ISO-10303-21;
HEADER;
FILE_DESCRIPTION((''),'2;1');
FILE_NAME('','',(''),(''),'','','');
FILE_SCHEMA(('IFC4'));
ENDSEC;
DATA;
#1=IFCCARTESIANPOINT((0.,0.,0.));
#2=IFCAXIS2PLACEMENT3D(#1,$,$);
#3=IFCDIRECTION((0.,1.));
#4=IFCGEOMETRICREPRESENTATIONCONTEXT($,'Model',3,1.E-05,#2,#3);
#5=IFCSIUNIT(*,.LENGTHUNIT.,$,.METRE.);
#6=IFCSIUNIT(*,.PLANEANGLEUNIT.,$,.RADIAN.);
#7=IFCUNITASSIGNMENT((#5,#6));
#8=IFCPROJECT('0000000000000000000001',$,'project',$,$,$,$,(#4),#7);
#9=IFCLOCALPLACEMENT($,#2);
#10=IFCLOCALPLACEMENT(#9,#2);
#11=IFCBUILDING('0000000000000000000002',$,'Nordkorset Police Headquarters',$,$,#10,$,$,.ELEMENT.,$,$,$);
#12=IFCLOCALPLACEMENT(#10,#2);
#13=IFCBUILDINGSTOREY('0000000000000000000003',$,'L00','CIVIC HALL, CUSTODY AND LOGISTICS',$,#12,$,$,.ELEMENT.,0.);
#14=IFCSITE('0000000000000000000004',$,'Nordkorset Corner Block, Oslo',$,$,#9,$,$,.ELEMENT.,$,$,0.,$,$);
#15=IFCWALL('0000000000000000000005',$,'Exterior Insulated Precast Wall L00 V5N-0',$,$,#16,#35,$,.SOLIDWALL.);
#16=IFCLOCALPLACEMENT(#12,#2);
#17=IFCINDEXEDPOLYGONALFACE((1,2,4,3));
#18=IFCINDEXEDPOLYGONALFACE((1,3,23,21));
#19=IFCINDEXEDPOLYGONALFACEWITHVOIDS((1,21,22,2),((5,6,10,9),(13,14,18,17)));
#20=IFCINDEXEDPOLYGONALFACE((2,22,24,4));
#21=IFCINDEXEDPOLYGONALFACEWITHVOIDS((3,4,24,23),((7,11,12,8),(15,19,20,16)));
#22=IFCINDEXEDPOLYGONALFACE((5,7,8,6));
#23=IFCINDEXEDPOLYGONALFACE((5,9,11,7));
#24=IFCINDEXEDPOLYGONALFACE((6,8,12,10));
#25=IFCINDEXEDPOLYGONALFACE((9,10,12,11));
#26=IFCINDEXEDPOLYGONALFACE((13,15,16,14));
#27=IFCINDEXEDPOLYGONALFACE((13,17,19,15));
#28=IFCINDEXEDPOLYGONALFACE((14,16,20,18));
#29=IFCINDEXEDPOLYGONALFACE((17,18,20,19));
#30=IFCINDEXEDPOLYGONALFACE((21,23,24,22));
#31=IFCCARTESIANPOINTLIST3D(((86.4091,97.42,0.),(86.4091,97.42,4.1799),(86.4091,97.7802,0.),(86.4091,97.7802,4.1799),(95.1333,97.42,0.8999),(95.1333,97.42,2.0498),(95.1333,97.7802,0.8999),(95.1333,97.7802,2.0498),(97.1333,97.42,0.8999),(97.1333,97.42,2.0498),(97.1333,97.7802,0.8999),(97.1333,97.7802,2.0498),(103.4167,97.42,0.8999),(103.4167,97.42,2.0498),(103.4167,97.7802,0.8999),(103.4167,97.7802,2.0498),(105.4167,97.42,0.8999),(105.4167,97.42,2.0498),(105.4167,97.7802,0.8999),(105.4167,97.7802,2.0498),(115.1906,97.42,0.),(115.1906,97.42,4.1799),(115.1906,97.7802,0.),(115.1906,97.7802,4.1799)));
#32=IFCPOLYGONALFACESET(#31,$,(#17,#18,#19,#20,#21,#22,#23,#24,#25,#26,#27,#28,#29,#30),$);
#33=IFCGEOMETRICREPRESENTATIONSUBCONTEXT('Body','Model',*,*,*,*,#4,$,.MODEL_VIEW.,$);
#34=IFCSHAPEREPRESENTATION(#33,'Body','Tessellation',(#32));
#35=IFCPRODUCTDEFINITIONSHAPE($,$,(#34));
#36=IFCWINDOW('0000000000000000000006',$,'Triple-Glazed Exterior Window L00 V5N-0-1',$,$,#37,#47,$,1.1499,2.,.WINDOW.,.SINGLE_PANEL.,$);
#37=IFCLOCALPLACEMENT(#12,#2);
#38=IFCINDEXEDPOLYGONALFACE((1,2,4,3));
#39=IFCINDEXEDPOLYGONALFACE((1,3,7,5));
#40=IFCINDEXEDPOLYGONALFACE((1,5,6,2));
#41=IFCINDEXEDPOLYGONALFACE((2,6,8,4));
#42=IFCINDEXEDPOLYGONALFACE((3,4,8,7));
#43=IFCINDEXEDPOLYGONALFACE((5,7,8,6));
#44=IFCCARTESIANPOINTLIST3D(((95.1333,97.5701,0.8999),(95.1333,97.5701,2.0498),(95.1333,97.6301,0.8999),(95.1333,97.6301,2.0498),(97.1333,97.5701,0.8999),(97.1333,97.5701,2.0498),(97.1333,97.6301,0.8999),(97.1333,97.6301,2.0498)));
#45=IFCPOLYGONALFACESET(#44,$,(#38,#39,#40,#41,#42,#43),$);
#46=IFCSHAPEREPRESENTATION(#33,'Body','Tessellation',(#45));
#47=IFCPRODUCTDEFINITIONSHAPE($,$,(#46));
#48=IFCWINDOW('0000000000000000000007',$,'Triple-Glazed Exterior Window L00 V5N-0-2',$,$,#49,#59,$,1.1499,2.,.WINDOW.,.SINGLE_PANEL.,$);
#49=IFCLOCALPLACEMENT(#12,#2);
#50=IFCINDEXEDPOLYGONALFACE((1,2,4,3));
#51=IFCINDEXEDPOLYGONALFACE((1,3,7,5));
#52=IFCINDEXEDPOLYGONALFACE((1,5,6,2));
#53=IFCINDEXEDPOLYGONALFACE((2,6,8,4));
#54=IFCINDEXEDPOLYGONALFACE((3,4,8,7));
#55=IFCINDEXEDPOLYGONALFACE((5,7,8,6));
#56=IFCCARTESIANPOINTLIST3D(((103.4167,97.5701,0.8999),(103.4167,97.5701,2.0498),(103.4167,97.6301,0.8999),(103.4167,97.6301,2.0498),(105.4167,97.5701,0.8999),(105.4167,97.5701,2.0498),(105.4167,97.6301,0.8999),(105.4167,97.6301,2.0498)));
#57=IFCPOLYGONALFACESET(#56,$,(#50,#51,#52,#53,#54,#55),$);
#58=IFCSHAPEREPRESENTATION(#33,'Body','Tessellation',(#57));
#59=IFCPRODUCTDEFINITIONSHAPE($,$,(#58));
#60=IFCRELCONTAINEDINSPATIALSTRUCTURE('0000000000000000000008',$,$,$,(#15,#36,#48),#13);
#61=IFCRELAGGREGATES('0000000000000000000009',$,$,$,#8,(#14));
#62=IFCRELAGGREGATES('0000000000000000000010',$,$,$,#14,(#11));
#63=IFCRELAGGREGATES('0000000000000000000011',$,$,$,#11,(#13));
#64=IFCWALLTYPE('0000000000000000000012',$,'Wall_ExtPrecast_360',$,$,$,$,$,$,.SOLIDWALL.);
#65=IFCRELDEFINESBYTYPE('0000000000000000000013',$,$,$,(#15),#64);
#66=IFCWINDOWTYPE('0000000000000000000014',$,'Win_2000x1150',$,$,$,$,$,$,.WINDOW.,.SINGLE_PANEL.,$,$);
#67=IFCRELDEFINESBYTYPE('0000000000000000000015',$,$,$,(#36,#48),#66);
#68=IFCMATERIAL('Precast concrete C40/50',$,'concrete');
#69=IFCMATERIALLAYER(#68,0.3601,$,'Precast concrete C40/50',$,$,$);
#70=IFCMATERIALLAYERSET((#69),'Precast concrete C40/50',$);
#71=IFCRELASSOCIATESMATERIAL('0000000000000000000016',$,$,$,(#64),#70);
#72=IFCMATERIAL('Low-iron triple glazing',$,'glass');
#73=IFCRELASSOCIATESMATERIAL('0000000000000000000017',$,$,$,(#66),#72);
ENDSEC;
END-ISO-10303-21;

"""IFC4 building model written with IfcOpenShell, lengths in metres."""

from ifc_helpers import new_model, si_unit, direction, frame, frame_2d, origin, place, context, subcontext, project, spatial, rectangle, extrude, material, layer, layer_set, type_object, element, fill, save


model = new_model("IFC4")

# Units and contexts
model_context = context("Model", 3, precision=1e-05, world=origin(), true_north=direction((0.0, 1.0)))
body_context = subcontext(model_context, "Body", "Model", "MODEL_VIEW")
ifc_project = project(units=[si_unit("LENGTHUNIT", "METRE"), si_unit("PLANEANGLEUNIT", "RADIAN")], contexts=[model_context])

# Site, building, storey
site_placement = place(None, origin())
site = spatial("IfcSite", under=ifc_project, at=site_placement, Name="Nordkorset Corner Block, Oslo", CompositionType="ELEMENT", RefElevation=0.0)
building_placement = place(site_placement, origin())
building = spatial("IfcBuilding", under=site, at=building_placement, Name="Nordkorset Police Headquarters", CompositionType="ELEMENT")
storey_placement = place(building_placement, origin())
storey = spatial("IfcBuildingStorey", under=building, at=storey_placement, Name="L00", Description="CIVIC HALL, CUSTODY AND LOGISTICS", CompositionType="ELEMENT", Elevation=0.0)

# Wall, openings, windows
ifc_material_1 = material(Name="Precast concrete C40/50", Category="concrete")
ifc_layer_1 = layer(ifc_material_1, 0.3601, Name="Precast concrete C40/50")
ifc_layer_set_1 = layer_set([ifc_layer_1], Name="Precast concrete C40/50")
wall_type = type_object("IfcWallType", Name="Wall_ExtPrecast_360", PredefinedType="SOLIDWALL", material=ifc_layer_set_1)
wall_placement = place(storey_placement, frame((86.4092, 97.6001, 0.0), z_axis=(0.0, 0.0, 1.0), x_axis=(1.0, 0.0, 0.0)))
wall = element("IfcWall", 1, at=wall_placement, inside=storey, type_object=wall_type, Name="Exterior Insulated Precast Wall L00 V5N-0", PredefinedType="SOLIDWALL", context=body_context, shape_type="SweptSolid", body=[
    extrude(rectangle(XDim=28.7815, YDim=0.3601, at=frame_2d((14.3906, 0.0))), origin(), (0.0, 0.0, 1.0), 4.1799),
])
opening_1_placement = place(wall_placement, frame((8.7241, 0.0, 0.8999)))
opening_1 = element("IfcOpeningElement", 2, at=opening_1_placement, cuts=wall, PredefinedType="OPENING", context=body_context, shape_type="SweptSolid", body=[
    extrude(rectangle(XDim=2.0, YDim=1.1499, at=frame_2d((1.0, 0.575))), frame((0.0, 0.1899, 0.0), z_axis=(0.0, -1.0, 0.0), x_axis=(1.0, 0.0, 0.0)), (0.0, 0.0, 1.0), 0.3801),
])
opening_2_placement = place(wall_placement, frame((17.0076, 0.0, 0.8999)))
opening_2 = element("IfcOpeningElement", 3, at=opening_2_placement, cuts=wall, PredefinedType="OPENING", context=body_context, shape_type="SweptSolid", body=[
    extrude(rectangle(XDim=2.0, YDim=1.1499, at=frame_2d((1.0, 0.575))), frame((0.0, 0.1899, 0.0), z_axis=(0.0, -1.0, 0.0), x_axis=(1.0, 0.0, 0.0)), (0.0, 0.0, 1.0), 0.3801),
])
ifc_material_2 = material(Name="Low-iron triple glazing", Category="glass")
window_type = type_object("IfcWindowType", Name="Win_2000x1150", PartitioningType="SINGLE_PANEL", PredefinedType="WINDOW", material=ifc_material_2)
window_1_placement = place(opening_1_placement, origin())
window_1 = element("IfcWindow", 4, at=window_1_placement, inside=storey, type_object=window_type, Name="Triple-Glazed Exterior Window L00 V5N-0-1", OverallHeight=1.1499, OverallWidth=2.0, PartitioningType="SINGLE_PANEL", PredefinedType="WINDOW", context=body_context, shape_type="SweptSolid", body=[
    extrude(rectangle(XDim=2.0, YDim=1.1499, at=frame_2d((1.0, 0.575))), frame((0.0, 0.03, 0.0), z_axis=(0.0, -1.0, 0.0), x_axis=(1.0, 0.0, 0.0)), (0.0, 0.0, 1.0), 0.0601),
])
fill(opening_1, window_1)
window_2_placement = place(opening_2_placement, origin())
window_2 = element("IfcWindow", 5, at=window_2_placement, inside=storey, type_object=window_type, Name="Triple-Glazed Exterior Window L00 V5N-0-2", OverallHeight=1.1499, OverallWidth=2.0, PartitioningType="SINGLE_PANEL", PredefinedType="WINDOW", context=body_context, shape_type="SweptSolid", body=[
    extrude(rectangle(XDim=2.0, YDim=1.1499, at=frame_2d((1.0, 0.575))), frame((0.0, 0.03, 0.0), z_axis=(0.0, -1.0, 0.0), x_axis=(1.0, 0.0, 0.0)), (0.0, 0.0, 1.0), 0.0601),
])
fill(opening_2, window_2)

save(model, "model.ifc")
